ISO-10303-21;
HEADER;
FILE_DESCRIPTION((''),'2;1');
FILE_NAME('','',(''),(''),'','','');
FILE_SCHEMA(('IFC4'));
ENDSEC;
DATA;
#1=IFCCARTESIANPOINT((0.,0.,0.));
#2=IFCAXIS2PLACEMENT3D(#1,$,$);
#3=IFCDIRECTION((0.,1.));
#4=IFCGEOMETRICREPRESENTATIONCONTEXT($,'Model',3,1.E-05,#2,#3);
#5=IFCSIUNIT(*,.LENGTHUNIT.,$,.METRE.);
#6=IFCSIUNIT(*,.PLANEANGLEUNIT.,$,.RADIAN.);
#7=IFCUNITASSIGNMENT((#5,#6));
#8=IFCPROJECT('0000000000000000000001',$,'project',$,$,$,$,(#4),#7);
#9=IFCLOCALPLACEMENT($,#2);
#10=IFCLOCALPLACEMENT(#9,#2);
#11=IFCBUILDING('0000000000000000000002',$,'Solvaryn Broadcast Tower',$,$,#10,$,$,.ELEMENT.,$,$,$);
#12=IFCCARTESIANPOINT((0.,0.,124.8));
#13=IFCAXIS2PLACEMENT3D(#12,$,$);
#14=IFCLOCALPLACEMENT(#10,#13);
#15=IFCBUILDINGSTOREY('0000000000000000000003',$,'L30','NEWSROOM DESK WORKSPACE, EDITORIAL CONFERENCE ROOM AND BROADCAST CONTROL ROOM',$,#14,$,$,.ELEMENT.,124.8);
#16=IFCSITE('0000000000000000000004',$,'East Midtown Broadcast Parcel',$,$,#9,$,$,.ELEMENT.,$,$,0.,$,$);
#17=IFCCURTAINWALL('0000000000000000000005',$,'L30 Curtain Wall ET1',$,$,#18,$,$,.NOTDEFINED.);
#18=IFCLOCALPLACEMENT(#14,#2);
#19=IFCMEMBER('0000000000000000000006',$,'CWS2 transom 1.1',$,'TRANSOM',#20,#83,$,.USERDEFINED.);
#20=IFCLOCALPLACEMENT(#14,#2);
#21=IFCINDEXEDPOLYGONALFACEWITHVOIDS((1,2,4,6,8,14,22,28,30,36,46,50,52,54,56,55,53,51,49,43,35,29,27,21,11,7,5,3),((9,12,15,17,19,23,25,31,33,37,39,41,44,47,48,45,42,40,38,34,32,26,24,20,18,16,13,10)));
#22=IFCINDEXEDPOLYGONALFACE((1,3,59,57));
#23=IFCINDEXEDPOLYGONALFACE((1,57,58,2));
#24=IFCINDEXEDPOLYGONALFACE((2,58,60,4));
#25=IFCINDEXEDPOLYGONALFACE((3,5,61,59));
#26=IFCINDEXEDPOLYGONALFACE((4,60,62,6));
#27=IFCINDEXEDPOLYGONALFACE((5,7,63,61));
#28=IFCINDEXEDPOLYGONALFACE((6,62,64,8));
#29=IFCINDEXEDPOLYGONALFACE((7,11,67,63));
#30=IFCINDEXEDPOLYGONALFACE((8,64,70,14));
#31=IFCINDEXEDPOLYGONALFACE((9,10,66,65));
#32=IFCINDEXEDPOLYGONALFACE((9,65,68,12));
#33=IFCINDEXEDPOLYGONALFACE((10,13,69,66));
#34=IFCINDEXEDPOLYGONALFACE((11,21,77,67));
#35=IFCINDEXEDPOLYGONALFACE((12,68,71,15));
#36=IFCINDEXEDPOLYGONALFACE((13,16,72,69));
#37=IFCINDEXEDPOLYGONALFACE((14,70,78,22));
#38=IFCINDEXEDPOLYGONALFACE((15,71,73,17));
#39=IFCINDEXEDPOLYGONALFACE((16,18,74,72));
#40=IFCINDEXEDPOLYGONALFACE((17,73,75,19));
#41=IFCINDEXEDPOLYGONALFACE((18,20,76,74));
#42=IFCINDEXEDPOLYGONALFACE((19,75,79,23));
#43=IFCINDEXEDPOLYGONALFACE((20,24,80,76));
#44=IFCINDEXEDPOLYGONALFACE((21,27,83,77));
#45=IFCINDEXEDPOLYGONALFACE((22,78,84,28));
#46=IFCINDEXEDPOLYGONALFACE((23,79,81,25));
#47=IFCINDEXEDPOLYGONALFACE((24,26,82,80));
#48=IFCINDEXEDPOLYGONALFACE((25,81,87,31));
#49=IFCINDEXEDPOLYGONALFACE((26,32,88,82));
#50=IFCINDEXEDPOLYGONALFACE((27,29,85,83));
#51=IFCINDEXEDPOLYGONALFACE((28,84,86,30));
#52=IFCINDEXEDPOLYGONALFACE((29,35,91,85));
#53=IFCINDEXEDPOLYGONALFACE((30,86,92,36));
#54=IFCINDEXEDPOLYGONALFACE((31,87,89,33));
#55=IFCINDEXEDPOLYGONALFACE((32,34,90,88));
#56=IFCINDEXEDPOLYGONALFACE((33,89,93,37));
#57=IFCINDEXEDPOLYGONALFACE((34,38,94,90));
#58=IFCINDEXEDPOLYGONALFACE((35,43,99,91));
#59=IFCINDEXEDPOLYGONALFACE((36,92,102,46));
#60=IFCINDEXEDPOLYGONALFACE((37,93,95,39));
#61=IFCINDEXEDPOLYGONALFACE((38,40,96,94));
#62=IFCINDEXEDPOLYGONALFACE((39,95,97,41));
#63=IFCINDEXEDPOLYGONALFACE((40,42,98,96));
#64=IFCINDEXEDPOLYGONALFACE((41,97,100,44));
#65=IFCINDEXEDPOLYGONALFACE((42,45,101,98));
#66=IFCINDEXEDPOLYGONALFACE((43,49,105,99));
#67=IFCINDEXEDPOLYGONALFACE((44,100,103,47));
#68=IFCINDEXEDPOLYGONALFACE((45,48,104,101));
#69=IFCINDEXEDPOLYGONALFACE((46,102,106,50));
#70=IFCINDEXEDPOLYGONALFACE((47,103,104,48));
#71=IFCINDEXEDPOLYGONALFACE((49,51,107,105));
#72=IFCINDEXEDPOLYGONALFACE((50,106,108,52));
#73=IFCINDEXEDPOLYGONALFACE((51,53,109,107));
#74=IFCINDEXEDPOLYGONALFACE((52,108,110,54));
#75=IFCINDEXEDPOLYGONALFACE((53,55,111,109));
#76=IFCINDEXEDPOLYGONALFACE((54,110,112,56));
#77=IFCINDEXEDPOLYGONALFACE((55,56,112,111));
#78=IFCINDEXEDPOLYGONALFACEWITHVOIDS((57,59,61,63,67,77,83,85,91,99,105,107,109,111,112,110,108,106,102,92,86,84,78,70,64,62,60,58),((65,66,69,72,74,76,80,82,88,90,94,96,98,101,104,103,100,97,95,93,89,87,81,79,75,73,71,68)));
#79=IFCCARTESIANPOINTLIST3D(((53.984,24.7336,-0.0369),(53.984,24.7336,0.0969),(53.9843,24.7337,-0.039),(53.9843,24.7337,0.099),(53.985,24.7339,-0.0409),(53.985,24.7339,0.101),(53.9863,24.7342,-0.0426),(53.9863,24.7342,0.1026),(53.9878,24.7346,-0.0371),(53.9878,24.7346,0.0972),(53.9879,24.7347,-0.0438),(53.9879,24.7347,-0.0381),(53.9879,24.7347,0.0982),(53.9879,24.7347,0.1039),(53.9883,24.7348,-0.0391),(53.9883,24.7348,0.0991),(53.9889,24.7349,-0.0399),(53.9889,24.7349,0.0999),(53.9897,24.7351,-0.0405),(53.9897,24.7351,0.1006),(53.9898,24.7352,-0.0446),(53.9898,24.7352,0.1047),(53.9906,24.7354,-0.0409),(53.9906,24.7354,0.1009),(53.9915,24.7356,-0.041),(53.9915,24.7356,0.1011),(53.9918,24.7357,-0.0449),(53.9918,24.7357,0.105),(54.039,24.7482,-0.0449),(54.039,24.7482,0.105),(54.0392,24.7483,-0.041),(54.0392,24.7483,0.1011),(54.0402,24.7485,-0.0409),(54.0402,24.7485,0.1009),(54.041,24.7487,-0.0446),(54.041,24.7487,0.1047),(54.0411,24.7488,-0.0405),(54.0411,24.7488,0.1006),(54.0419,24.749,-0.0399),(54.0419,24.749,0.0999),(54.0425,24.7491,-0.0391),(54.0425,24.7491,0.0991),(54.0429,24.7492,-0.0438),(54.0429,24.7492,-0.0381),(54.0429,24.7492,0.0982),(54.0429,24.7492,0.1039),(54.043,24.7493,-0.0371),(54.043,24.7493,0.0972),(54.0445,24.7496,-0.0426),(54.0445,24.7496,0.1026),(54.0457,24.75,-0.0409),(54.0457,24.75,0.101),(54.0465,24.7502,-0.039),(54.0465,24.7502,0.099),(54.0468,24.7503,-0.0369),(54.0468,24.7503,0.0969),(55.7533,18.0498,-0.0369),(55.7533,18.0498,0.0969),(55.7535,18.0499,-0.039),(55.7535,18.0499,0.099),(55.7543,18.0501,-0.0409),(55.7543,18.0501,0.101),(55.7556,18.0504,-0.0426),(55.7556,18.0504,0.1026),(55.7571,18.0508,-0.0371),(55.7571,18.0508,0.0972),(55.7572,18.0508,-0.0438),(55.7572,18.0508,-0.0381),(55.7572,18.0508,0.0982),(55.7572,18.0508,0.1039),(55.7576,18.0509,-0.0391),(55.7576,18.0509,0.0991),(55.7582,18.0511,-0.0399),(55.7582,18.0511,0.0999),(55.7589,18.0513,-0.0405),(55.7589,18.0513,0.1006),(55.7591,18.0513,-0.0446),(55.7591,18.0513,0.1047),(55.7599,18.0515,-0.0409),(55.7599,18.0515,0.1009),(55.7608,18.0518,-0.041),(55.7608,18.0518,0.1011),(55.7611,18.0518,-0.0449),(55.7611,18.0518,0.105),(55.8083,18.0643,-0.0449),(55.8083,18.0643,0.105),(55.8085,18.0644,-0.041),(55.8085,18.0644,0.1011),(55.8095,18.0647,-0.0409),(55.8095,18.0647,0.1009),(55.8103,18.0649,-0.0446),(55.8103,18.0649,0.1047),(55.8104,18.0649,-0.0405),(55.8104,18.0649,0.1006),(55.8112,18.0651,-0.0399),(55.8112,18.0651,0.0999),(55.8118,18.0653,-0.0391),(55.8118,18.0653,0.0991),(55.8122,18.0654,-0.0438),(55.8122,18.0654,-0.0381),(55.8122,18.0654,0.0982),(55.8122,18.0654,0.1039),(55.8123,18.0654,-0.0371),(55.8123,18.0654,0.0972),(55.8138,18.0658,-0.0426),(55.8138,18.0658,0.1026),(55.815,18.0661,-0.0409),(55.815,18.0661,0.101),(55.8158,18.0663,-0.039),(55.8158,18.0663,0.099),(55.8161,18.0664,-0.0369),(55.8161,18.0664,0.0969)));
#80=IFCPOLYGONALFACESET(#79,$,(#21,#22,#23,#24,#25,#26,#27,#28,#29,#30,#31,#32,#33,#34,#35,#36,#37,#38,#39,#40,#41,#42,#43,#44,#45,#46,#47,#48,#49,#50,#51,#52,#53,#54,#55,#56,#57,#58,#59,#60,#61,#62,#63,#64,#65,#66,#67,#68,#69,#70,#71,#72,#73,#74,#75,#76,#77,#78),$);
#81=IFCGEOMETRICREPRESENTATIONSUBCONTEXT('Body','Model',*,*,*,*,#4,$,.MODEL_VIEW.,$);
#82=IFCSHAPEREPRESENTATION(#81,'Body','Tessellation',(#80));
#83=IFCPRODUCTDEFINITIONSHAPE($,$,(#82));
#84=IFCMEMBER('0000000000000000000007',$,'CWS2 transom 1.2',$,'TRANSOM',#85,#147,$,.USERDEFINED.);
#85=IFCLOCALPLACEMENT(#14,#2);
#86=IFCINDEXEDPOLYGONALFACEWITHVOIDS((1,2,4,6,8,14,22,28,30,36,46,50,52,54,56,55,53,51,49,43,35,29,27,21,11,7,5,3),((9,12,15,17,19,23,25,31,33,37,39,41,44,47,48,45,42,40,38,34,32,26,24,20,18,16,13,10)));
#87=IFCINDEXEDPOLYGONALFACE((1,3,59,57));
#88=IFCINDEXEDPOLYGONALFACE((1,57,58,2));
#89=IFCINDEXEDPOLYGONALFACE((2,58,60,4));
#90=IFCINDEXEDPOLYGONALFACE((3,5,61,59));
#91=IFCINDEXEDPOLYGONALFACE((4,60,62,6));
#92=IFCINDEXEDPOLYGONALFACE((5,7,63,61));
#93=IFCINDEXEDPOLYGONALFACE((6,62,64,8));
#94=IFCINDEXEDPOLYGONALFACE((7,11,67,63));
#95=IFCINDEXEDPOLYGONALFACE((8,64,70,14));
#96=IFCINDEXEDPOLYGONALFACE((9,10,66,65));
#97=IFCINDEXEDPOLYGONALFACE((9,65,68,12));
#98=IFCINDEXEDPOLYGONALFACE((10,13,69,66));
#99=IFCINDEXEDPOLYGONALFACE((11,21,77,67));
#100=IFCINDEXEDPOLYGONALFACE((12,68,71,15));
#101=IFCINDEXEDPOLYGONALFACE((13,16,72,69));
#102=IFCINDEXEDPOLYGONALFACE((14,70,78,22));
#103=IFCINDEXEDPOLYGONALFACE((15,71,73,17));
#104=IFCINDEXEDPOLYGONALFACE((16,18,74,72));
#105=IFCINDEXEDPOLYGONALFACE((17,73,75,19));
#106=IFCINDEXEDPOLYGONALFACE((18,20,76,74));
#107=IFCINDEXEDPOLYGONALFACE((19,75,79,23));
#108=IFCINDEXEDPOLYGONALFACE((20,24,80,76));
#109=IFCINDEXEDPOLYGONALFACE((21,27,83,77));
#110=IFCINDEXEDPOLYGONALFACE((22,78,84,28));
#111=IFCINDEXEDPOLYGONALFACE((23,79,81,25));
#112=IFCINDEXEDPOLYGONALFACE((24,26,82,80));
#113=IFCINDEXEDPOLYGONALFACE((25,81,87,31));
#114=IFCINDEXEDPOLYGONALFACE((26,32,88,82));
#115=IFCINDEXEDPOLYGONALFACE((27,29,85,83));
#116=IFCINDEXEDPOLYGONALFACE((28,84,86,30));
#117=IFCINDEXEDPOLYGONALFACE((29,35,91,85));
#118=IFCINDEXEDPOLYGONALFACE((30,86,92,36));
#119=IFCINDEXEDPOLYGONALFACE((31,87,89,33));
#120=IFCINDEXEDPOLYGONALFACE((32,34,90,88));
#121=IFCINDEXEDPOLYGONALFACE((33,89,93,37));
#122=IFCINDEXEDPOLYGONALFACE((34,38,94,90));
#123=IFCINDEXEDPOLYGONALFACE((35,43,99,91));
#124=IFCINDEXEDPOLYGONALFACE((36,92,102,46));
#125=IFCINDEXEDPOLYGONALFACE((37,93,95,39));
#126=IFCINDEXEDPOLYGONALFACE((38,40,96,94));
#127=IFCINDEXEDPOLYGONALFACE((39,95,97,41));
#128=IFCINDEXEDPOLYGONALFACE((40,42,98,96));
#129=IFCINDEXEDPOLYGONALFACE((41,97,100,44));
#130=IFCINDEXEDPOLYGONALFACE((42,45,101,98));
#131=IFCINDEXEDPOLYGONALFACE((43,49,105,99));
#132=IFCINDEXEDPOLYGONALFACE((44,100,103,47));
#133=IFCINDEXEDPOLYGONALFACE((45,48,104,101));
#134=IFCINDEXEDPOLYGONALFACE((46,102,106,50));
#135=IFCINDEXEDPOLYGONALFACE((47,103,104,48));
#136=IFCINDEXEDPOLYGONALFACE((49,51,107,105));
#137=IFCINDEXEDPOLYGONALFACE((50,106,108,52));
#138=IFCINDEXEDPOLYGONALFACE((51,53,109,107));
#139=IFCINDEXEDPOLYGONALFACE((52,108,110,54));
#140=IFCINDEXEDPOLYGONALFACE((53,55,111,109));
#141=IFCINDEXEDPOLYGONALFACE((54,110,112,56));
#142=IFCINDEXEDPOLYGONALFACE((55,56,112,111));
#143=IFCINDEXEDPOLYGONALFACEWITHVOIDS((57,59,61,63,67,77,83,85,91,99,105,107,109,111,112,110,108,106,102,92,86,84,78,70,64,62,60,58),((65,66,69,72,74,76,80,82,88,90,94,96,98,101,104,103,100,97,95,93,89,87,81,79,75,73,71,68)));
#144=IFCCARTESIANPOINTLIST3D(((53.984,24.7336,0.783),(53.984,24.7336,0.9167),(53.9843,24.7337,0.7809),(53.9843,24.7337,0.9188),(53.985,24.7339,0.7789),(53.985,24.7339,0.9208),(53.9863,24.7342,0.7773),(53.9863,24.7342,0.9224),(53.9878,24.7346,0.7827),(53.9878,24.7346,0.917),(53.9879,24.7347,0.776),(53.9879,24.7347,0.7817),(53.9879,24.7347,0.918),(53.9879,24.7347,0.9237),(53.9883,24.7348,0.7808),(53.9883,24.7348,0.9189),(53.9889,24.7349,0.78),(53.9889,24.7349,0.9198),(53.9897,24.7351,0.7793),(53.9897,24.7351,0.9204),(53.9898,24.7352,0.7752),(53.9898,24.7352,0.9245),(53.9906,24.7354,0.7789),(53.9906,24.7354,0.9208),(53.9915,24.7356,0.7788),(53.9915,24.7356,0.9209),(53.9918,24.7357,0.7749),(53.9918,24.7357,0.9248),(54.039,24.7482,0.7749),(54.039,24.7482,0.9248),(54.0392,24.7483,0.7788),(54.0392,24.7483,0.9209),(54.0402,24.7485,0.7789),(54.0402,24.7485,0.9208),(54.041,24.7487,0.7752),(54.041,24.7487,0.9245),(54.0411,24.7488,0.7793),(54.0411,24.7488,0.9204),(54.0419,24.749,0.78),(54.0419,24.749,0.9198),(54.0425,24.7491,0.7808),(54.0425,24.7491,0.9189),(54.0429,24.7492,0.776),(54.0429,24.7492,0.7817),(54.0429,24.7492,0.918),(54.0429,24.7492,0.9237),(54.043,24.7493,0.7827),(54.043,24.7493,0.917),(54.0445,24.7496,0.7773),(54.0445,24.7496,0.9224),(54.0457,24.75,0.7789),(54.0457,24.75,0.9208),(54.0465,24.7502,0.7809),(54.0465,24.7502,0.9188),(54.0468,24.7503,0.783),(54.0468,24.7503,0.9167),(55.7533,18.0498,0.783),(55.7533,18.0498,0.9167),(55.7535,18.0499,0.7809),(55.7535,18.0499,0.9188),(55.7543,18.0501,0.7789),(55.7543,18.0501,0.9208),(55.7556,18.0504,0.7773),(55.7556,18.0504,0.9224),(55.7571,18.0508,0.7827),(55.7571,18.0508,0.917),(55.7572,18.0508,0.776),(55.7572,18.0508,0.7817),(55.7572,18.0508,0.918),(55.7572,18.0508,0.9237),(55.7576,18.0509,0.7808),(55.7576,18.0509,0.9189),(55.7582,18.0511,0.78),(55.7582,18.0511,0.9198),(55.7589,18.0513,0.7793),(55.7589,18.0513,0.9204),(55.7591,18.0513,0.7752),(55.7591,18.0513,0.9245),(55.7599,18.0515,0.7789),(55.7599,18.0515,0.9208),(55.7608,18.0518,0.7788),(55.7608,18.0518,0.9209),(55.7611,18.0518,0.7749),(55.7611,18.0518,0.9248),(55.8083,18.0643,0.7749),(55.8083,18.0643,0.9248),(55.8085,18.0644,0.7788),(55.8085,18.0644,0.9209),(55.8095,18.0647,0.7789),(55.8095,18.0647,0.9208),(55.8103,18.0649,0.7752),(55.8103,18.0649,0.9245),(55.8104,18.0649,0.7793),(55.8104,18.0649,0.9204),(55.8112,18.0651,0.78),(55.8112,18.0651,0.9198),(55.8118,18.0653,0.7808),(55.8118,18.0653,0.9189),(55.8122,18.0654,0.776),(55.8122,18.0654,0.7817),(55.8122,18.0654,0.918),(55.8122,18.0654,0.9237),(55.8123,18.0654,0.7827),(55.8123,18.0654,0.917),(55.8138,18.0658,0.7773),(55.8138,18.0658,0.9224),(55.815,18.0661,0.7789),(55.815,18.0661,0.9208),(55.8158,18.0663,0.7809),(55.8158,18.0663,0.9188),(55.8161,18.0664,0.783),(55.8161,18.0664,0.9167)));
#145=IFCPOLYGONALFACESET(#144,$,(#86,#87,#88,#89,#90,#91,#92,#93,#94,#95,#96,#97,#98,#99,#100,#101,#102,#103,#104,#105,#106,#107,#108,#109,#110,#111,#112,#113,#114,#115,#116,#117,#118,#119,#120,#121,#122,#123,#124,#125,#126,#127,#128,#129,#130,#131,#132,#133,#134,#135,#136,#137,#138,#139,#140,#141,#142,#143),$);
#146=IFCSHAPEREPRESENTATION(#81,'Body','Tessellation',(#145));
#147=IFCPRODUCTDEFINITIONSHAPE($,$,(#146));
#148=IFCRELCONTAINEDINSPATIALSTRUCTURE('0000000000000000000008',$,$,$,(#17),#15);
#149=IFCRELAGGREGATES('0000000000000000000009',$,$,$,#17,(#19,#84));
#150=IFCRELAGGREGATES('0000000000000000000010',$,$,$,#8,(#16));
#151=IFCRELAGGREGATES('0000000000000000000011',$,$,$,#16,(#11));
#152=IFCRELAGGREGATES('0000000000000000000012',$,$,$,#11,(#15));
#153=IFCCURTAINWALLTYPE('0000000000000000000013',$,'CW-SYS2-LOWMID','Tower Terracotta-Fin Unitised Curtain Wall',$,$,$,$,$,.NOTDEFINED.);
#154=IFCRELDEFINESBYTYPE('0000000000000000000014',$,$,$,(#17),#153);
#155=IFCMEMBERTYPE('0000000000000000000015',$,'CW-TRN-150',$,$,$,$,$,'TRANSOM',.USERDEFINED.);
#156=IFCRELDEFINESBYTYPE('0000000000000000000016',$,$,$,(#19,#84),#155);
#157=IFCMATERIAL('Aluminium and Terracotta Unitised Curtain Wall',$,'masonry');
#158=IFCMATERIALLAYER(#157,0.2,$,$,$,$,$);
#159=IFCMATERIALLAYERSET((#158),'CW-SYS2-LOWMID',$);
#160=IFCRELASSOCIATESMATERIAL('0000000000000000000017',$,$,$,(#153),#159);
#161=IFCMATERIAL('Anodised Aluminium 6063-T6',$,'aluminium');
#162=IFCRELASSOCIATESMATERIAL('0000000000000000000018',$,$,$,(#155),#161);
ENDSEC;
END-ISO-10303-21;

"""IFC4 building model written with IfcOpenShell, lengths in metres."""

from ifc_helpers import new_model, si_unit, direction, frame, origin, origin_2d, place, context, subcontext, project, spatial, hollow_rectangle, extrude, material, layer, layer_set, material_profile, profile_set, type_object, element, aggregate, save


model = new_model("IFC4")

# Units and contexts
model_context = context("Model", 3, precision=1e-05, world=origin(), true_north=direction((0.0, 1.0)))
body_context = subcontext(model_context, "Body", "Model", "MODEL_VIEW")
ifc_project = project(units=[si_unit("LENGTHUNIT", "METRE"), si_unit("PLANEANGLEUNIT", "RADIAN")], contexts=[model_context])

# Site, building, storey
site_placement = place(None, origin())
site = spatial("IfcSite", under=ifc_project, at=site_placement, Name="East Midtown Broadcast Parcel", CompositionType="ELEMENT", RefElevation=0.0)
building_placement = place(site_placement, origin())
building = spatial("IfcBuilding", under=site, at=building_placement, Name="Solvaryn Broadcast Tower", CompositionType="ELEMENT")
storey_placement = place(building_placement, frame((0.0, 0.0, 124.8)))
storey = spatial("IfcBuildingStorey", under=building, at=storey_placement, Name="L30", Description="NEWSROOM DESK WORKSPACE, EDITORIAL CONFERENCE ROOM AND BROADCAST CONTROL ROOM", CompositionType="ELEMENT", Elevation=124.8)

# Curtain wall
ifc_material_1 = material(Name="Aluminium and Terracotta Unitised Curtain Wall", Category="masonry")
ifc_layer_1 = layer(ifc_material_1, 0.2)
ifc_layer_set_1 = layer_set([ifc_layer_1], Name="CW-SYS2-LOWMID")
curtain_wall_type = type_object("IfcCurtainWallType", Name="CW-SYS2-LOWMID", Description="Tower Terracotta-Fin Unitised Curtain Wall", PredefinedType="NOTDEFINED", material=ifc_layer_set_1)
curtain_wall_1_placement = place(storey_placement, origin())
curtain_wall_1 = element("IfcCurtainWall", 1, at=curtain_wall_1_placement, inside=storey, type_object=curtain_wall_type, Name="L30 Curtain Wall ET1", PredefinedType="NOTDEFINED")

# Members
ifc_material_2 = material(Name="Anodised Aluminium 6063-T6", Category="aluminium")
ifc_material_profile_1 = material_profile(ifc_material_2, hollow_rectangle(XDim=0.0649, YDim=0.1499, WallThickness=0.0039, InnerFilletRadius=0.0039, OuterFilletRadius=0.0081, at=origin_2d()))
ifc_profile_set_1 = profile_set([ifc_material_profile_1], Name="Anodised Aluminium 6063-T6")
member_type_1 = type_object("IfcMemberType", Name="CW-TRN-150", ElementType="TRANSOM", PredefinedType="USERDEFINED", material=ifc_profile_set_1)
member_1_placement = place(storey_placement, frame((54.0154, 24.7419, 0.03), z_axis=(0.255897, -0.966704, 0.0), x_axis=(0.966704, 0.255897, 0.0)))
member_1 = element("IfcMember", 2, at=member_1_placement, type_object=member_type_1, Name="CWS2 transom 1.1", ObjectType="TRANSOM", PredefinedType="USERDEFINED", context=body_context, shape_type="SweptSolid", body=[
    extrude(hollow_rectangle(XDim=0.0649, YDim=0.1499, WallThickness=0.0039, InnerFilletRadius=0.0039, OuterFilletRadius=0.0081, at=origin_2d()), origin(), (0.0, 0.0, 1.0), 6.9141),
])
member_2_placement = place(storey_placement, frame((54.0154, 24.7419, 0.8499), z_axis=(0.255897, -0.966704, 0.0), x_axis=(0.966704, 0.255897, 0.0)))
member_2 = element("IfcMember", 3, at=member_2_placement, type_object=member_type_1, Name="CWS2 transom 1.2", ObjectType="TRANSOM", PredefinedType="USERDEFINED", context=body_context, shape_type="SweptSolid", body=[
    extrude(hollow_rectangle(XDim=0.0649, YDim=0.1499, WallThickness=0.0039, InnerFilletRadius=0.0039, OuterFilletRadius=0.0081, at=origin_2d()), origin(), (0.0, 0.0, 1.0), 6.9141),
])

aggregate(curtain_wall_1, [member_1, member_2])

save(model, "model.ifc")
